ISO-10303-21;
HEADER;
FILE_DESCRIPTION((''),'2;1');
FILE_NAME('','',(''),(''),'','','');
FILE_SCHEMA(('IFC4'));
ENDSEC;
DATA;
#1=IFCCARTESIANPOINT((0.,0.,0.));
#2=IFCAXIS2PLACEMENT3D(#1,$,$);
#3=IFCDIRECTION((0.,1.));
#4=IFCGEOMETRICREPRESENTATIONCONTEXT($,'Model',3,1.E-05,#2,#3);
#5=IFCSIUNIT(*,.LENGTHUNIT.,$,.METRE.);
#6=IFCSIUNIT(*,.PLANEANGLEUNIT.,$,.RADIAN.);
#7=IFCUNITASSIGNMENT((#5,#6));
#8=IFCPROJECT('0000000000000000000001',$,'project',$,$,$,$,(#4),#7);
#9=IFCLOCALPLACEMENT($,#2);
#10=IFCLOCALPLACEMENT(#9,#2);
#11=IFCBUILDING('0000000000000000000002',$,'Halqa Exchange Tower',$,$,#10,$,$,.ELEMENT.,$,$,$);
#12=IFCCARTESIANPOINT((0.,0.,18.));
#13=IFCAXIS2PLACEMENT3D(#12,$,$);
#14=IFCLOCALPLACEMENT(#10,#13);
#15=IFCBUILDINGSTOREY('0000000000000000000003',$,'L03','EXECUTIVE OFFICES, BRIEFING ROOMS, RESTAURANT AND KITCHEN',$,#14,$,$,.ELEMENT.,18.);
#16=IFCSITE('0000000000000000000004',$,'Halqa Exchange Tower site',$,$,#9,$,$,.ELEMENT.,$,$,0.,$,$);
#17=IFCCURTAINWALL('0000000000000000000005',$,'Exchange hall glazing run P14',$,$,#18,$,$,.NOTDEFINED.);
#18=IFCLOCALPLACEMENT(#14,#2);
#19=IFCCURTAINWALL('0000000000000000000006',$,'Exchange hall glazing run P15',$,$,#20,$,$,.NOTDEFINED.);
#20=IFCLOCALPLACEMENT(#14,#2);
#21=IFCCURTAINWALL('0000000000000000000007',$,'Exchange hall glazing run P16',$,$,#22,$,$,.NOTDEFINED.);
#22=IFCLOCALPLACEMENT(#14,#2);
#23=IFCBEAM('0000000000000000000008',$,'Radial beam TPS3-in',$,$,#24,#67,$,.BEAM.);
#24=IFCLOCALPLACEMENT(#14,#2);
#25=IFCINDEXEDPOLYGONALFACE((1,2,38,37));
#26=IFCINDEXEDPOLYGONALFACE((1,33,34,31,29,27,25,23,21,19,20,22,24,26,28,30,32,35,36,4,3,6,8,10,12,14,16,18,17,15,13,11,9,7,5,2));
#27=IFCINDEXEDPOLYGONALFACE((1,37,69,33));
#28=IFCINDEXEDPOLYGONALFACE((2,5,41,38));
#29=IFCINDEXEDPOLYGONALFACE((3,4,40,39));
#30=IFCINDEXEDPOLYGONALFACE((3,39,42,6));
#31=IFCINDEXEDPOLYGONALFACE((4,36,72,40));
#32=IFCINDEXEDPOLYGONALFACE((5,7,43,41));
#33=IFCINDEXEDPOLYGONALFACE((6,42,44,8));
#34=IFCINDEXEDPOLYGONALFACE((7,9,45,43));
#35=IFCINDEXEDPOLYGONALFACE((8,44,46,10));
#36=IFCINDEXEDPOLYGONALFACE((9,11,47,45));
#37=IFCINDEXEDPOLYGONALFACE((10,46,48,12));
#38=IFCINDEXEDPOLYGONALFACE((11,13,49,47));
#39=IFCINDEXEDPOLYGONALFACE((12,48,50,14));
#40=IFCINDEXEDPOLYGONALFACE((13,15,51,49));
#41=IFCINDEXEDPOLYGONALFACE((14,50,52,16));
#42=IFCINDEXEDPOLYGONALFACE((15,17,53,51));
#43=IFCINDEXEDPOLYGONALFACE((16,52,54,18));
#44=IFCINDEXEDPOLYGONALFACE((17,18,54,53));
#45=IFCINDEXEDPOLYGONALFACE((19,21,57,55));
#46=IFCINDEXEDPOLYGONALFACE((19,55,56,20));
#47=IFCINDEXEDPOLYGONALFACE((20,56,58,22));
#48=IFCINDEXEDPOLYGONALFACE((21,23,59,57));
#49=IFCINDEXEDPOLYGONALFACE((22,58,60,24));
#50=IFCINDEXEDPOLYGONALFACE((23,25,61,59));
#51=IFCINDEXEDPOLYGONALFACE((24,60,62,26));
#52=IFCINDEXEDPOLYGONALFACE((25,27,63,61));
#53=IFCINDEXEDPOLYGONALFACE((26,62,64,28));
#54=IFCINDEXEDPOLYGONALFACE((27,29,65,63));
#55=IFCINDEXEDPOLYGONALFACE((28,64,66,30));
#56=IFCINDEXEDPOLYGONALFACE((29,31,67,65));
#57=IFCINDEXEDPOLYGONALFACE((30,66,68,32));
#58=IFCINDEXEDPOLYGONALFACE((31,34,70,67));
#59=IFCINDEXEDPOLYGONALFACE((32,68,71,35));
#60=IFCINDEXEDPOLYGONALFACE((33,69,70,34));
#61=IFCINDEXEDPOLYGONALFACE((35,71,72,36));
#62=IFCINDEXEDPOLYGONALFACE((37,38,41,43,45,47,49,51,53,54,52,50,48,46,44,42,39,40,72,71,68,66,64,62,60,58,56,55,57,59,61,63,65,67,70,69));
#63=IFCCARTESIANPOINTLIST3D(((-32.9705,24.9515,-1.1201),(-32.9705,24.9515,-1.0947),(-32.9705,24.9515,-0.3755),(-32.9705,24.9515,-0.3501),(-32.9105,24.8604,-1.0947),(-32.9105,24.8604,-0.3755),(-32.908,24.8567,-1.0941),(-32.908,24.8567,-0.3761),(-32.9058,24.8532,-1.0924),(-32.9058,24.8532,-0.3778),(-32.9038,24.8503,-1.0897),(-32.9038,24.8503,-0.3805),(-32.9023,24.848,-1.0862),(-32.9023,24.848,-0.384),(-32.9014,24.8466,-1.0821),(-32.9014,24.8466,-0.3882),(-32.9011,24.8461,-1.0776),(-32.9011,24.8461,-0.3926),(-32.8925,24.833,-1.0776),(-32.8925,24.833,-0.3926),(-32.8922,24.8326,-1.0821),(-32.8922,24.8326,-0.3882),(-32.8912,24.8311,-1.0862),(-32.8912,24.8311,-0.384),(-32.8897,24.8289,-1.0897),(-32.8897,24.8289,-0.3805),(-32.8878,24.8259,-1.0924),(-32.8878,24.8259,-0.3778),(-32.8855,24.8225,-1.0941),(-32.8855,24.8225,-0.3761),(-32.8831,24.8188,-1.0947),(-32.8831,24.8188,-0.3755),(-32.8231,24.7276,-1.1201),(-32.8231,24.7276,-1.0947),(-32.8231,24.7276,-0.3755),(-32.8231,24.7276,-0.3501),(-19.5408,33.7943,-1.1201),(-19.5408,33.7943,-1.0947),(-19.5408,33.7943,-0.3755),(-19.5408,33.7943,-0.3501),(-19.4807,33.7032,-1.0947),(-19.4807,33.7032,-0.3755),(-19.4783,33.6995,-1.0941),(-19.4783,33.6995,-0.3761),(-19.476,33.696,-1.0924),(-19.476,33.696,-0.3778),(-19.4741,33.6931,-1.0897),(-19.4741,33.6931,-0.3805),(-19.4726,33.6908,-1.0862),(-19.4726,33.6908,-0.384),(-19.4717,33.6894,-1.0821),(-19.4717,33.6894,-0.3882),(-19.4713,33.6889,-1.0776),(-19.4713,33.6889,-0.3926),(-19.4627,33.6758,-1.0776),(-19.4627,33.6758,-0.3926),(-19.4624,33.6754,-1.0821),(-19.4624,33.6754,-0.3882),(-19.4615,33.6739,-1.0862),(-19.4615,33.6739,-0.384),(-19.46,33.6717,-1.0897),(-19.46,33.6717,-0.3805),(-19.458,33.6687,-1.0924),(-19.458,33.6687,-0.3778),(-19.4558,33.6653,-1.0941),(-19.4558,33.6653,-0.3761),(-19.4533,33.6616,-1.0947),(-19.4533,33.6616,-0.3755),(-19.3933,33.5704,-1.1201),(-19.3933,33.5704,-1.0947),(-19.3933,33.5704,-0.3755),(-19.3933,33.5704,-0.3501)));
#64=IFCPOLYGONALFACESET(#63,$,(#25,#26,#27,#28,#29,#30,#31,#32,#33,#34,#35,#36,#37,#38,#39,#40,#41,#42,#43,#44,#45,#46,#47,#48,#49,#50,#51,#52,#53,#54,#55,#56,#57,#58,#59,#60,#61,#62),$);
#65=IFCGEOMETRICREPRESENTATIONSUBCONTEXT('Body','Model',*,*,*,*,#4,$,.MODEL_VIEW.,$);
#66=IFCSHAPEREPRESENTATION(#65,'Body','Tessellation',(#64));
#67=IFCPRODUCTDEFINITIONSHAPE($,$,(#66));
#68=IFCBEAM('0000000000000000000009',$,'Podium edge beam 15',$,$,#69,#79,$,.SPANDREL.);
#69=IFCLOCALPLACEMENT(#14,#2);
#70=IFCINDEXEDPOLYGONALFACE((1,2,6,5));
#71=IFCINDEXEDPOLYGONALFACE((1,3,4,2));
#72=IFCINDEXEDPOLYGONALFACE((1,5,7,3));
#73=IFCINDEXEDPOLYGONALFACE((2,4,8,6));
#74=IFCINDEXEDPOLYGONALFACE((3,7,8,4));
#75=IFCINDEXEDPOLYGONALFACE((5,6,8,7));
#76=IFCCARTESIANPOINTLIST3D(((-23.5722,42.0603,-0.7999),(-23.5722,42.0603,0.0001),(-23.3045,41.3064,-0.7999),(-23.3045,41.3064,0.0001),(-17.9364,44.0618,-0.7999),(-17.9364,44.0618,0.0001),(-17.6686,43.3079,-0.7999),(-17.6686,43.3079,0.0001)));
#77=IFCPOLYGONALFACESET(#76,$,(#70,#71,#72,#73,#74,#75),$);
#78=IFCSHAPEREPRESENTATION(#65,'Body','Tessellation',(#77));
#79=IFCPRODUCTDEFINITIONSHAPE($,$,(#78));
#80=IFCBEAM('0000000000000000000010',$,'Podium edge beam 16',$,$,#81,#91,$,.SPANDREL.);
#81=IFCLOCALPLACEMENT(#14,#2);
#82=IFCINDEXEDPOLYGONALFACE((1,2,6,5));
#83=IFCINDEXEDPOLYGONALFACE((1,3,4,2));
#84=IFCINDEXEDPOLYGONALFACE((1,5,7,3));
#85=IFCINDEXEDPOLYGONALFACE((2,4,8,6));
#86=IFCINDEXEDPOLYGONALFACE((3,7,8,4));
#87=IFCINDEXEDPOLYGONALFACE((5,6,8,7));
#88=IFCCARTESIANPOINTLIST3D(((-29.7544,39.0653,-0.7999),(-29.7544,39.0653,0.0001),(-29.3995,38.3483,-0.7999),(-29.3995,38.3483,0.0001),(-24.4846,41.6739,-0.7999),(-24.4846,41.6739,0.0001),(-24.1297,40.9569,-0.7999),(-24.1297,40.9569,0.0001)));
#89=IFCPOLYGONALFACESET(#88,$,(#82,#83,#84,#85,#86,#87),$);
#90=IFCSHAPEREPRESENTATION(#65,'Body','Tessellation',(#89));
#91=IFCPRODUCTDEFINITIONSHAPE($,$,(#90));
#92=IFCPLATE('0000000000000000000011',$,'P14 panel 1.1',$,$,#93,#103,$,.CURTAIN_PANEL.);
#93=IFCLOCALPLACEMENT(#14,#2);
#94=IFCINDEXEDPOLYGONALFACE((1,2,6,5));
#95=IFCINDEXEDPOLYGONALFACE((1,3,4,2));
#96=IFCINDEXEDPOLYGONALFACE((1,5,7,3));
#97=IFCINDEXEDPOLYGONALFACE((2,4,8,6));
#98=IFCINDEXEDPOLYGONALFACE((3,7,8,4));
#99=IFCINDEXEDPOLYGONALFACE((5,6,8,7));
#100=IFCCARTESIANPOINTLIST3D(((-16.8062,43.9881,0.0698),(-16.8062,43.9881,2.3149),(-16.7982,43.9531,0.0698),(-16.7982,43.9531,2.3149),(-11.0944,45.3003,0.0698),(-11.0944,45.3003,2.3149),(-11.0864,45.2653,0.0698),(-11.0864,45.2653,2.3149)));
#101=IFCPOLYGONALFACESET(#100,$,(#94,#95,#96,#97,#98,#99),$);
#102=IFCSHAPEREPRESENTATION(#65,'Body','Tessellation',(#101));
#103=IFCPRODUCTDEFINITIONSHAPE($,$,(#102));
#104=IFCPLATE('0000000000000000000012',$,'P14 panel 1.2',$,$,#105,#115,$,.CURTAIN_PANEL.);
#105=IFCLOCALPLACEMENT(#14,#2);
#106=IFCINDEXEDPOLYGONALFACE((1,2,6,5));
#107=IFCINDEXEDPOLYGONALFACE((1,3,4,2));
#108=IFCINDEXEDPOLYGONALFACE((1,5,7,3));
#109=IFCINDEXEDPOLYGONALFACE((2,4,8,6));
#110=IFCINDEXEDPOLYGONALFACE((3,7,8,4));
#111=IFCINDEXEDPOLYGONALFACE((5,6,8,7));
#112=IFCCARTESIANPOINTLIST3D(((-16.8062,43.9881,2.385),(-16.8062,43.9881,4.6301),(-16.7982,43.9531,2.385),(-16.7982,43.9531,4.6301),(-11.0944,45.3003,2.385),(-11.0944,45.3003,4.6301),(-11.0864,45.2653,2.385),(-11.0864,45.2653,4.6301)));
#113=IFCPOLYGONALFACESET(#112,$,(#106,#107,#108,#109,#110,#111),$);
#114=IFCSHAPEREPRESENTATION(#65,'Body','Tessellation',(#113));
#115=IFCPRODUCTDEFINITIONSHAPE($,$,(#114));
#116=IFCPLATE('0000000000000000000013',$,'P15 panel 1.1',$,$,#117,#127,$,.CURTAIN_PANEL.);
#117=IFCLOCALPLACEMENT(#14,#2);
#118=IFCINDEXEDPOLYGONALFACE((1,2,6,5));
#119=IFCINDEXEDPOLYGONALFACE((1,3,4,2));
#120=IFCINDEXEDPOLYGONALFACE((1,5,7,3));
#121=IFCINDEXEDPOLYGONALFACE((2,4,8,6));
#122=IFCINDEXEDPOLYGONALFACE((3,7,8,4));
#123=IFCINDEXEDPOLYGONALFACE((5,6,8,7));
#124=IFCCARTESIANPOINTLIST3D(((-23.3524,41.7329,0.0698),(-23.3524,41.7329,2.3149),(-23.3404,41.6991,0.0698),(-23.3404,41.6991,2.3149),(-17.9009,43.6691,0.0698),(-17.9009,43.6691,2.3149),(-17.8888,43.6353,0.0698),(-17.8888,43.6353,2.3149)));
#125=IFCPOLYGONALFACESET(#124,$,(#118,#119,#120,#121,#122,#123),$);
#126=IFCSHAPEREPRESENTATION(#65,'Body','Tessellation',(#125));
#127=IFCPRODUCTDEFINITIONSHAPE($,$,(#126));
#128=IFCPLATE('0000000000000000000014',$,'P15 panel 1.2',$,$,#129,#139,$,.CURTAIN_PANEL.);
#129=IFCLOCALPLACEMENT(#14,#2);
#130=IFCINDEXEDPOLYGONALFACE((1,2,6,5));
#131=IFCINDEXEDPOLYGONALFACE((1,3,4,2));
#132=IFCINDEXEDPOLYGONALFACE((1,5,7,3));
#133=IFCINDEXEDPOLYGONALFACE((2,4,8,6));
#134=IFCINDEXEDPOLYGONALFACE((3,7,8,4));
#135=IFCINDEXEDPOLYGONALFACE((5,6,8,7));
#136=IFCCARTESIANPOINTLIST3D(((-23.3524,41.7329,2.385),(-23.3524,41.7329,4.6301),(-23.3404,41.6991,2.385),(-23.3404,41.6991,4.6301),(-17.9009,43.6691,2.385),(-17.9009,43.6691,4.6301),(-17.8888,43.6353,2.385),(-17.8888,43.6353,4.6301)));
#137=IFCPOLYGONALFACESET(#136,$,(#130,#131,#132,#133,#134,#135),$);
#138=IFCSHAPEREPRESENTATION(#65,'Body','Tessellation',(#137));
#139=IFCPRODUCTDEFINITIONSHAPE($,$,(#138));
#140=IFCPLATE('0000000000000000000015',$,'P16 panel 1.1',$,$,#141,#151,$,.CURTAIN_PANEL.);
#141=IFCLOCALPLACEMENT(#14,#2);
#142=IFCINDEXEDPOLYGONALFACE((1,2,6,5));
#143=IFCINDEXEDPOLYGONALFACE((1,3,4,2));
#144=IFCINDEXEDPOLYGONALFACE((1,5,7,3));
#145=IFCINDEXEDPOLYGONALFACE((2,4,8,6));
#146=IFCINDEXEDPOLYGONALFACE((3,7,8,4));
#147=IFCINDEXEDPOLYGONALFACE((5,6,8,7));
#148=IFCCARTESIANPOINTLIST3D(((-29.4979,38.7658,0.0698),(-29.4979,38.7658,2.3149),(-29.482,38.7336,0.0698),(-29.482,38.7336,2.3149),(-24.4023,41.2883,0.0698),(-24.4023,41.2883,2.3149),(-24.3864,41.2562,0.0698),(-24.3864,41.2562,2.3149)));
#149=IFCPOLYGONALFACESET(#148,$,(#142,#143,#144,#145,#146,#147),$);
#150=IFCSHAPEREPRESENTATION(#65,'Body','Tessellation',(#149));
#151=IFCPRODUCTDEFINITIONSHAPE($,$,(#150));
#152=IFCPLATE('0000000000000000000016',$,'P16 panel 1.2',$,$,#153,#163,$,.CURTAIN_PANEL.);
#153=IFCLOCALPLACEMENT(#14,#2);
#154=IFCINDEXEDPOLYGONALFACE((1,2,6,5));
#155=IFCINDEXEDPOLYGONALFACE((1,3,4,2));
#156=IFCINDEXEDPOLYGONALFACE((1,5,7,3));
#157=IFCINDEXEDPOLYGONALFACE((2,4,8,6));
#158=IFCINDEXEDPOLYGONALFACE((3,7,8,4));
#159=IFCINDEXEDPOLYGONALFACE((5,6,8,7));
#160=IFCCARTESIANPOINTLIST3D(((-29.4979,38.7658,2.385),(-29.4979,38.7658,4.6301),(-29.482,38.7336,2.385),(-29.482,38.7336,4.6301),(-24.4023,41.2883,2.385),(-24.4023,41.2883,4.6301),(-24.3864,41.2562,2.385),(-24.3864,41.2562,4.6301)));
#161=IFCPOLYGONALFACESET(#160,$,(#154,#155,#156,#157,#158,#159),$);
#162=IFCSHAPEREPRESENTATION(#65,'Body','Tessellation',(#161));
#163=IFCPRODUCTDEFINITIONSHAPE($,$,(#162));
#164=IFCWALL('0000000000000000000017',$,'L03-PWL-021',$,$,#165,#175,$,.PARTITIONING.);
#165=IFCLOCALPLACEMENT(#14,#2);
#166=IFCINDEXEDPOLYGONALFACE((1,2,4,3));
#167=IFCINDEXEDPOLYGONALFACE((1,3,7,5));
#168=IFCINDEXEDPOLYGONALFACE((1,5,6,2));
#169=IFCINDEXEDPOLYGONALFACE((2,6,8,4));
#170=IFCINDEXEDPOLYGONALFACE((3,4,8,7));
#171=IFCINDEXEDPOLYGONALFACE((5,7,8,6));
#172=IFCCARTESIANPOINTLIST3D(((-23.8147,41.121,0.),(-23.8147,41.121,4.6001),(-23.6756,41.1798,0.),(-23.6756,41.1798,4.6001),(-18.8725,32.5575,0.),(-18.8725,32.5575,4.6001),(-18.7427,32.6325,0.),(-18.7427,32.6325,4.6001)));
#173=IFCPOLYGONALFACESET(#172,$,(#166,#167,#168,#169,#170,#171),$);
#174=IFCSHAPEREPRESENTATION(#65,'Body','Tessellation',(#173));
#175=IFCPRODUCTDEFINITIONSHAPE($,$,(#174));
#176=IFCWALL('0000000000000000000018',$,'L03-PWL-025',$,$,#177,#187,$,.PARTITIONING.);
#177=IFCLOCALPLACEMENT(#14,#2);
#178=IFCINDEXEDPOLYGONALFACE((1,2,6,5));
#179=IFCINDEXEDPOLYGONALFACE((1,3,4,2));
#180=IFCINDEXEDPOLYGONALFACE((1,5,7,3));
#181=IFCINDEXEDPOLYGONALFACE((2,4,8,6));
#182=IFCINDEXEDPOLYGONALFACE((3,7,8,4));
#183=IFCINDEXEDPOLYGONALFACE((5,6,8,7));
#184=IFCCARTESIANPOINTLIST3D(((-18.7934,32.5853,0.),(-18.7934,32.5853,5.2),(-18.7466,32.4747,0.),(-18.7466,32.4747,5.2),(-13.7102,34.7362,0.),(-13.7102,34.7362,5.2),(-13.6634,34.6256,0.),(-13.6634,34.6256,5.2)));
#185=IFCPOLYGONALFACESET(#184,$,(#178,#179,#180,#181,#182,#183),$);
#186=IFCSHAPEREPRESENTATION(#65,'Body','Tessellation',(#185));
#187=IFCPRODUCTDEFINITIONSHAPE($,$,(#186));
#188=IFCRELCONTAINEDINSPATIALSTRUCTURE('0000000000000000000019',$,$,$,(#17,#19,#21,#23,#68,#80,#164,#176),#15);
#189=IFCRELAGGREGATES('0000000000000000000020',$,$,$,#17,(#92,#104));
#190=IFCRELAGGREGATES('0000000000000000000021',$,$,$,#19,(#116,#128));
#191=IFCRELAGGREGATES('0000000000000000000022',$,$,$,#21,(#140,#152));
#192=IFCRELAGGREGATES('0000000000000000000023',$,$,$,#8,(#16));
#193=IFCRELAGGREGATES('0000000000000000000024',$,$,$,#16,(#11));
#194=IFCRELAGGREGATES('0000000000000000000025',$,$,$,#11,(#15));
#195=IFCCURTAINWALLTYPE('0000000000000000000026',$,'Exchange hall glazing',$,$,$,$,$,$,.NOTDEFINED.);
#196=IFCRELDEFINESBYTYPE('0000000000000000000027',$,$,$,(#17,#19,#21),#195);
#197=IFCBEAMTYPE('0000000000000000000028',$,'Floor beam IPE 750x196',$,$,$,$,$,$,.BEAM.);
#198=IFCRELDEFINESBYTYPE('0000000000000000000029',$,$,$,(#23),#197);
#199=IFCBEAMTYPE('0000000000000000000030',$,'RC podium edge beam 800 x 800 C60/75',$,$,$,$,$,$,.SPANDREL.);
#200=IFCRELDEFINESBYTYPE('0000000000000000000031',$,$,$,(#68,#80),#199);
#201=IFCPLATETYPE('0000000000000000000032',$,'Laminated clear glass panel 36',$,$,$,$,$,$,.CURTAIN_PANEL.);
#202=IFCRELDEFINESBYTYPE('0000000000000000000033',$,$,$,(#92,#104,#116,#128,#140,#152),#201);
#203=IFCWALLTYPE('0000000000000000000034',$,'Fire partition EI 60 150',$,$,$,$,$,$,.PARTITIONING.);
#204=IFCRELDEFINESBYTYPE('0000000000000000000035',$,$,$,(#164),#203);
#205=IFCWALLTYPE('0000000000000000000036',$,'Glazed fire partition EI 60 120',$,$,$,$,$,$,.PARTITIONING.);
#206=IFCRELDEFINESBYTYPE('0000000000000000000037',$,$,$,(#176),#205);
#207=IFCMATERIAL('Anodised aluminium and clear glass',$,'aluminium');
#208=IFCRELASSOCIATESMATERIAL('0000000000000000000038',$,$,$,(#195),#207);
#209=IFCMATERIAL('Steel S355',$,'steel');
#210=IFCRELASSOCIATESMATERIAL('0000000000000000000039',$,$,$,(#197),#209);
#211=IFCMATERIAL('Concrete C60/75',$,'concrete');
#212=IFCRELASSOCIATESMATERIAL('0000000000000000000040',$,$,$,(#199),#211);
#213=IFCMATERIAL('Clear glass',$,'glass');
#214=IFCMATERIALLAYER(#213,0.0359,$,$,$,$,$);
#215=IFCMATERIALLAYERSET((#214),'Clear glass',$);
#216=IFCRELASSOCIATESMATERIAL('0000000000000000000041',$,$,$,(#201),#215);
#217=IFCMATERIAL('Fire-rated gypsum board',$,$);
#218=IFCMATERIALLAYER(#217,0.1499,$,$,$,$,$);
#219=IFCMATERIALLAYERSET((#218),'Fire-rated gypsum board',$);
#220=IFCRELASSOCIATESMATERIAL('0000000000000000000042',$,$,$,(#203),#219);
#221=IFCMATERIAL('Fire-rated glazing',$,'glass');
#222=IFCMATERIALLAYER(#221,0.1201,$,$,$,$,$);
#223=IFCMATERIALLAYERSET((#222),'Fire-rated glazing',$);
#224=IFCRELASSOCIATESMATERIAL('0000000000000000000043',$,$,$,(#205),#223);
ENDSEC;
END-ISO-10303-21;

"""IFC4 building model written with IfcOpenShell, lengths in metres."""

from ifc_helpers import new_model, si_unit, direction, frame, frame_2d, origin, origin_2d, place, context, subcontext, project, spatial, polyline, rectangle, i_section, outline, extrude, material, layer, layer_set, material_profile, profile_set, type_object, element, aggregate, save


model = new_model("IFC4")

# Units and contexts
model_context = context("Model", 3, precision=1e-05, world=origin(), true_north=direction((0.0, 1.0)))
body_context = subcontext(model_context, "Body", "Model", "MODEL_VIEW")
ifc_project = project(units=[si_unit("LENGTHUNIT", "METRE"), si_unit("PLANEANGLEUNIT", "RADIAN")], contexts=[model_context])

# Site, building, storey
site_placement = place(None, origin())
site = spatial("IfcSite", under=ifc_project, at=site_placement, Name="Halqa Exchange Tower site", CompositionType="ELEMENT", RefElevation=0.0)
building_placement = place(site_placement, origin())
building = spatial("IfcBuilding", under=site, at=building_placement, Name="Halqa Exchange Tower", CompositionType="ELEMENT")
storey_placement = place(building_placement, frame((0.0, 0.0, 18.0)))
storey = spatial("IfcBuildingStorey", under=building, at=storey_placement, Name="L03", Description="EXECUTIVE OFFICES, BRIEFING ROOMS, RESTAURANT AND KITCHEN", CompositionType="ELEMENT", Elevation=18.0)

# Shared definitions
ifc_material_1 = material(Name="Concrete C60/75", Category="concrete")

# Curtain wall
ifc_material_2 = material(Name="Anodised aluminium and clear glass", Category="aluminium")
curtain_wall_type = type_object("IfcCurtainWallType", Name="Exchange hall glazing", PredefinedType="NOTDEFINED", material=ifc_material_2)
curtain_wall_1_placement = place(storey_placement, origin())
curtain_wall_1 = element("IfcCurtainWall", 1, at=curtain_wall_1_placement, inside=storey, type_object=curtain_wall_type, Name="Exchange hall glazing run P14", PredefinedType="NOTDEFINED")

# Curtain wall
curtain_wall_2_placement = place(storey_placement, origin())
curtain_wall_2 = element("IfcCurtainWall", 2, at=curtain_wall_2_placement, inside=storey, type_object=curtain_wall_type, Name="Exchange hall glazing run P15", PredefinedType="NOTDEFINED")

# Curtain wall
curtain_wall_3_placement = place(storey_placement, origin())
curtain_wall_3 = element("IfcCurtainWall", 3, at=curtain_wall_3_placement, inside=storey, type_object=curtain_wall_type, Name="Exchange hall glazing run P16", PredefinedType="NOTDEFINED")

# Beams
ifc_material_3 = material(Name="Steel S355", Category="steel")
ifc_material_profile_1 = material_profile(ifc_material_3, i_section(OverallWidth=0.2681, OverallDepth=0.77, WebThickness=0.0156, FlangeThickness=0.0254, FilletRadius=0.0171, at=origin_2d()), Name="IPE 750x196")
ifc_profile_set_1 = profile_set([ifc_material_profile_1], Name="Steel S355")
beam_type_1 = type_object("IfcBeamType", Name="Floor beam IPE 750x196", PredefinedType="BEAM", material=ifc_profile_set_1)
beam_1_placement = place(storey_placement, frame((-19.467, 33.6824, -0.7351), z_axis=(-0.835204, -0.54994, 0.0), x_axis=(0.54994, -0.835204, 0.0)))
element("IfcBeam", 4, at=beam_1_placement, inside=storey, type_object=beam_type_1, Name="Radial beam TPS3-in", PredefinedType="BEAM", context=body_context, shape_type="SweptSolid", body=[
    extrude(i_section(OverallWidth=0.2681, OverallDepth=0.77, WebThickness=0.0156, FlangeThickness=0.0254, FilletRadius=0.0171, at=origin_2d()), origin(), (0.0, 0.0, 1.0), 16.0796),
])
ifc_material_profile_2 = material_profile(ifc_material_1, rectangle(XDim=0.8, YDim=0.8, at=origin_2d()), Name="800 x 800")
ifc_profile_set_2 = profile_set([ifc_material_profile_2], Name="Concrete C60/75")
beam_type_2 = type_object("IfcBeamType", Name="RC podium edge beam 800 x 800 C60/75", PredefinedType="SPANDREL", material=ifc_profile_set_2)
beam_2_placement = place(storey_placement, frame((-17.8025, 43.6848, -0.3999), z_axis=(-0.942343, -0.334647, 0.0), x_axis=(0.334647, -0.942343, 0.0)))
element("IfcBeam", 5, at=beam_2_placement, inside=storey, type_object=beam_type_2, Name="Podium edge beam 15", PredefinedType="SPANDREL", context=body_context, shape_type="SweptSolid", body=[
    extrude(rectangle(XDim=0.8, YDim=0.8, at=origin_2d()), origin(), (0.0, 0.0, 1.0), 5.9807),
])
beam_3_placement = place(storey_placement, frame((-24.3071, 41.3154, -0.3999), z_axis=(-0.896205, -0.443639, 0.0), x_axis=(0.443639, -0.896205, 0.0)))
element("IfcBeam", 6, at=beam_3_placement, inside=storey, type_object=beam_type_2, Name="Podium edge beam 16", PredefinedType="SPANDREL", context=body_context, shape_type="SweptSolid", body=[
    extrude(rectangle(XDim=0.8, YDim=0.8, at=origin_2d()), origin(), (0.0, 0.0, 1.0), 5.8801),
])

# Plates
ifc_material_4 = material(Name="Clear glass", Category="glass")
ifc_layer_1 = layer(ifc_material_4, 0.0359)
ifc_layer_set_1 = layer_set([ifc_layer_1], Name="Clear glass")
plate_type = type_object("IfcPlateType", Name="Laminated clear glass panel 36", PredefinedType="CURTAIN_PANEL", material=ifc_layer_set_1)
plate_1_placement = place(storey_placement, frame((-13.9463, 44.6267, 0.0698), z_axis=(0.0, 0.0, 1.0), x_axis=(-0.974613, -0.223897, 0.0)))
plate_1 = element("IfcPlate", 7, at=plate_1_placement, type_object=plate_type, Name="P14 panel 1.1", PredefinedType="CURTAIN_PANEL", context=body_context, shape_type="SweptSolid", body=[
    extrude(rectangle(XDim=5.8606, YDim=0.0359, at=origin_2d()), origin(), (0.0, 0.0, 1.0), 2.2451),
])
plate_2_placement = place(storey_placement, frame((-13.9463, 44.6267, 2.385), z_axis=(0.0, 0.0, 1.0), x_axis=(-0.974613, -0.223897, 0.0)))
plate_2 = element("IfcPlate", 8, at=plate_2_placement, type_object=plate_type, Name="P14 panel 1.2", PredefinedType="CURTAIN_PANEL", context=body_context, shape_type="SweptSolid", body=[
    extrude(rectangle(XDim=5.8606, YDim=0.0359, at=origin_2d()), origin(), (0.0, 0.0, 1.0), 2.2451),
])
aggregate(curtain_wall_1, [plate_1, plate_2])
plate_3_placement = place(storey_placement, frame((-20.6206, 42.6841, 0.0698), z_axis=(0.0, 0.0, 1.0), x_axis=(-0.942329, -0.334688, 0.0)))
plate_3 = element("IfcPlate", 9, at=plate_3_placement, type_object=plate_type, Name="P15 panel 1.1", PredefinedType="CURTAIN_PANEL", context=body_context, shape_type="SweptSolid", body=[
    extrude(rectangle(XDim=5.7852, YDim=0.0359, at=origin_2d()), origin(), (0.0, 0.0, 1.0), 2.2451),
])
plate_4_placement = place(storey_placement, frame((-20.6206, 42.6841, 2.385), z_axis=(0.0, 0.0, 1.0), x_axis=(-0.942329, -0.334688, 0.0)))
plate_4 = element("IfcPlate", 10, at=plate_4_placement, type_object=plate_type, Name="P15 panel 1.2", PredefinedType="CURTAIN_PANEL", context=body_context, shape_type="SweptSolid", body=[
    extrude(rectangle(XDim=5.7852, YDim=0.0359, at=origin_2d()), origin(), (0.0, 0.0, 1.0), 2.2451),
])
aggregate(curtain_wall_2, [plate_3, plate_4])
plate_5_placement = place(storey_placement, frame((-26.9421, 40.011, 0.0698), z_axis=(0.0, 0.0, 1.0), x_axis=(-0.896198, -0.443653, 0.0)))
plate_5 = element("IfcPlate", 11, at=plate_5_placement, type_object=plate_type, Name="P16 panel 1.1", PredefinedType="CURTAIN_PANEL", context=body_context, shape_type="SweptSolid", body=[
    extrude(rectangle(XDim=5.6858, YDim=0.0359, at=origin_2d()), origin(), (0.0, 0.0, 1.0), 2.2451),
])
plate_6_placement = place(storey_placement, frame((-26.9421, 40.011, 2.385), z_axis=(0.0, 0.0, 1.0), x_axis=(-0.896198, -0.443653, 0.0)))
plate_6 = element("IfcPlate", 12, at=plate_6_placement, type_object=plate_type, Name="P16 panel 1.2", PredefinedType="CURTAIN_PANEL", context=body_context, shape_type="SweptSolid", body=[
    extrude(rectangle(XDim=5.6858, YDim=0.0359, at=origin_2d()), origin(), (0.0, 0.0, 1.0), 2.2451),
])
aggregate(curtain_wall_3, [plate_5, plate_6])

# Walls
ifc_material_5 = material(Name="Fire-rated gypsum board")
ifc_layer_2 = layer(ifc_material_5, 0.1499)
ifc_layer_set_2 = layer_set([ifc_layer_2], Name="Fire-rated gypsum board")
wall_type_1 = type_object("IfcWallType", Name="Fire partition EI 60 150", PredefinedType="PARTITIONING", material=ifc_layer_set_2)
wall_1_placement = place(storey_placement, frame((-23.7451, 41.1504, 0.0), z_axis=(0.0, 0.0, 1.0), x_axis=(0.49985, -0.866112, 0.0)))
element("IfcWall", 13, at=wall_1_placement, inside=storey, type_object=wall_type_1, Name="L03-PWL-021", PredefinedType="PARTITIONING", context=body_context, shape_type="SweptSolid", body=[
    extrude(outline(polyline([(-0.0093, -0.075), (9.8779, -0.075), (9.8779, 0.075), (0.0093, 0.075), (-0.0093, -0.075)])), origin(), (0.0, 0.0, 1.0), 4.6001),
])
ifc_material_6 = material(Name="Fire-rated glazing", Category="glass")
ifc_layer_3 = layer(ifc_material_6, 0.1201)
ifc_layer_set_3 = layer_set([ifc_layer_3], Name="Fire-rated glazing")
wall_type_2 = type_object("IfcWallType", Name="Glazed fire partition EI 60 120", PredefinedType="PARTITIONING", material=ifc_layer_set_3)
wall_2_placement = place(storey_placement, frame((-18.77, 32.53, 0.0), z_axis=(0.0, 0.0, 1.0), x_axis=(0.92095, 0.389682, 0.0)))
element("IfcWall", 14, at=wall_2_placement, inside=storey, type_object=wall_type_2, Name="L03-PWL-025", PredefinedType="PARTITIONING", context=body_context, shape_type="SweptSolid", body=[
    extrude(rectangle(XDim=5.5195, YDim=0.1201, at=frame_2d((2.7598, 0.0))), origin(), (0.0, 0.0, 1.0), 5.2),
])

save(model, "model.ifc")
